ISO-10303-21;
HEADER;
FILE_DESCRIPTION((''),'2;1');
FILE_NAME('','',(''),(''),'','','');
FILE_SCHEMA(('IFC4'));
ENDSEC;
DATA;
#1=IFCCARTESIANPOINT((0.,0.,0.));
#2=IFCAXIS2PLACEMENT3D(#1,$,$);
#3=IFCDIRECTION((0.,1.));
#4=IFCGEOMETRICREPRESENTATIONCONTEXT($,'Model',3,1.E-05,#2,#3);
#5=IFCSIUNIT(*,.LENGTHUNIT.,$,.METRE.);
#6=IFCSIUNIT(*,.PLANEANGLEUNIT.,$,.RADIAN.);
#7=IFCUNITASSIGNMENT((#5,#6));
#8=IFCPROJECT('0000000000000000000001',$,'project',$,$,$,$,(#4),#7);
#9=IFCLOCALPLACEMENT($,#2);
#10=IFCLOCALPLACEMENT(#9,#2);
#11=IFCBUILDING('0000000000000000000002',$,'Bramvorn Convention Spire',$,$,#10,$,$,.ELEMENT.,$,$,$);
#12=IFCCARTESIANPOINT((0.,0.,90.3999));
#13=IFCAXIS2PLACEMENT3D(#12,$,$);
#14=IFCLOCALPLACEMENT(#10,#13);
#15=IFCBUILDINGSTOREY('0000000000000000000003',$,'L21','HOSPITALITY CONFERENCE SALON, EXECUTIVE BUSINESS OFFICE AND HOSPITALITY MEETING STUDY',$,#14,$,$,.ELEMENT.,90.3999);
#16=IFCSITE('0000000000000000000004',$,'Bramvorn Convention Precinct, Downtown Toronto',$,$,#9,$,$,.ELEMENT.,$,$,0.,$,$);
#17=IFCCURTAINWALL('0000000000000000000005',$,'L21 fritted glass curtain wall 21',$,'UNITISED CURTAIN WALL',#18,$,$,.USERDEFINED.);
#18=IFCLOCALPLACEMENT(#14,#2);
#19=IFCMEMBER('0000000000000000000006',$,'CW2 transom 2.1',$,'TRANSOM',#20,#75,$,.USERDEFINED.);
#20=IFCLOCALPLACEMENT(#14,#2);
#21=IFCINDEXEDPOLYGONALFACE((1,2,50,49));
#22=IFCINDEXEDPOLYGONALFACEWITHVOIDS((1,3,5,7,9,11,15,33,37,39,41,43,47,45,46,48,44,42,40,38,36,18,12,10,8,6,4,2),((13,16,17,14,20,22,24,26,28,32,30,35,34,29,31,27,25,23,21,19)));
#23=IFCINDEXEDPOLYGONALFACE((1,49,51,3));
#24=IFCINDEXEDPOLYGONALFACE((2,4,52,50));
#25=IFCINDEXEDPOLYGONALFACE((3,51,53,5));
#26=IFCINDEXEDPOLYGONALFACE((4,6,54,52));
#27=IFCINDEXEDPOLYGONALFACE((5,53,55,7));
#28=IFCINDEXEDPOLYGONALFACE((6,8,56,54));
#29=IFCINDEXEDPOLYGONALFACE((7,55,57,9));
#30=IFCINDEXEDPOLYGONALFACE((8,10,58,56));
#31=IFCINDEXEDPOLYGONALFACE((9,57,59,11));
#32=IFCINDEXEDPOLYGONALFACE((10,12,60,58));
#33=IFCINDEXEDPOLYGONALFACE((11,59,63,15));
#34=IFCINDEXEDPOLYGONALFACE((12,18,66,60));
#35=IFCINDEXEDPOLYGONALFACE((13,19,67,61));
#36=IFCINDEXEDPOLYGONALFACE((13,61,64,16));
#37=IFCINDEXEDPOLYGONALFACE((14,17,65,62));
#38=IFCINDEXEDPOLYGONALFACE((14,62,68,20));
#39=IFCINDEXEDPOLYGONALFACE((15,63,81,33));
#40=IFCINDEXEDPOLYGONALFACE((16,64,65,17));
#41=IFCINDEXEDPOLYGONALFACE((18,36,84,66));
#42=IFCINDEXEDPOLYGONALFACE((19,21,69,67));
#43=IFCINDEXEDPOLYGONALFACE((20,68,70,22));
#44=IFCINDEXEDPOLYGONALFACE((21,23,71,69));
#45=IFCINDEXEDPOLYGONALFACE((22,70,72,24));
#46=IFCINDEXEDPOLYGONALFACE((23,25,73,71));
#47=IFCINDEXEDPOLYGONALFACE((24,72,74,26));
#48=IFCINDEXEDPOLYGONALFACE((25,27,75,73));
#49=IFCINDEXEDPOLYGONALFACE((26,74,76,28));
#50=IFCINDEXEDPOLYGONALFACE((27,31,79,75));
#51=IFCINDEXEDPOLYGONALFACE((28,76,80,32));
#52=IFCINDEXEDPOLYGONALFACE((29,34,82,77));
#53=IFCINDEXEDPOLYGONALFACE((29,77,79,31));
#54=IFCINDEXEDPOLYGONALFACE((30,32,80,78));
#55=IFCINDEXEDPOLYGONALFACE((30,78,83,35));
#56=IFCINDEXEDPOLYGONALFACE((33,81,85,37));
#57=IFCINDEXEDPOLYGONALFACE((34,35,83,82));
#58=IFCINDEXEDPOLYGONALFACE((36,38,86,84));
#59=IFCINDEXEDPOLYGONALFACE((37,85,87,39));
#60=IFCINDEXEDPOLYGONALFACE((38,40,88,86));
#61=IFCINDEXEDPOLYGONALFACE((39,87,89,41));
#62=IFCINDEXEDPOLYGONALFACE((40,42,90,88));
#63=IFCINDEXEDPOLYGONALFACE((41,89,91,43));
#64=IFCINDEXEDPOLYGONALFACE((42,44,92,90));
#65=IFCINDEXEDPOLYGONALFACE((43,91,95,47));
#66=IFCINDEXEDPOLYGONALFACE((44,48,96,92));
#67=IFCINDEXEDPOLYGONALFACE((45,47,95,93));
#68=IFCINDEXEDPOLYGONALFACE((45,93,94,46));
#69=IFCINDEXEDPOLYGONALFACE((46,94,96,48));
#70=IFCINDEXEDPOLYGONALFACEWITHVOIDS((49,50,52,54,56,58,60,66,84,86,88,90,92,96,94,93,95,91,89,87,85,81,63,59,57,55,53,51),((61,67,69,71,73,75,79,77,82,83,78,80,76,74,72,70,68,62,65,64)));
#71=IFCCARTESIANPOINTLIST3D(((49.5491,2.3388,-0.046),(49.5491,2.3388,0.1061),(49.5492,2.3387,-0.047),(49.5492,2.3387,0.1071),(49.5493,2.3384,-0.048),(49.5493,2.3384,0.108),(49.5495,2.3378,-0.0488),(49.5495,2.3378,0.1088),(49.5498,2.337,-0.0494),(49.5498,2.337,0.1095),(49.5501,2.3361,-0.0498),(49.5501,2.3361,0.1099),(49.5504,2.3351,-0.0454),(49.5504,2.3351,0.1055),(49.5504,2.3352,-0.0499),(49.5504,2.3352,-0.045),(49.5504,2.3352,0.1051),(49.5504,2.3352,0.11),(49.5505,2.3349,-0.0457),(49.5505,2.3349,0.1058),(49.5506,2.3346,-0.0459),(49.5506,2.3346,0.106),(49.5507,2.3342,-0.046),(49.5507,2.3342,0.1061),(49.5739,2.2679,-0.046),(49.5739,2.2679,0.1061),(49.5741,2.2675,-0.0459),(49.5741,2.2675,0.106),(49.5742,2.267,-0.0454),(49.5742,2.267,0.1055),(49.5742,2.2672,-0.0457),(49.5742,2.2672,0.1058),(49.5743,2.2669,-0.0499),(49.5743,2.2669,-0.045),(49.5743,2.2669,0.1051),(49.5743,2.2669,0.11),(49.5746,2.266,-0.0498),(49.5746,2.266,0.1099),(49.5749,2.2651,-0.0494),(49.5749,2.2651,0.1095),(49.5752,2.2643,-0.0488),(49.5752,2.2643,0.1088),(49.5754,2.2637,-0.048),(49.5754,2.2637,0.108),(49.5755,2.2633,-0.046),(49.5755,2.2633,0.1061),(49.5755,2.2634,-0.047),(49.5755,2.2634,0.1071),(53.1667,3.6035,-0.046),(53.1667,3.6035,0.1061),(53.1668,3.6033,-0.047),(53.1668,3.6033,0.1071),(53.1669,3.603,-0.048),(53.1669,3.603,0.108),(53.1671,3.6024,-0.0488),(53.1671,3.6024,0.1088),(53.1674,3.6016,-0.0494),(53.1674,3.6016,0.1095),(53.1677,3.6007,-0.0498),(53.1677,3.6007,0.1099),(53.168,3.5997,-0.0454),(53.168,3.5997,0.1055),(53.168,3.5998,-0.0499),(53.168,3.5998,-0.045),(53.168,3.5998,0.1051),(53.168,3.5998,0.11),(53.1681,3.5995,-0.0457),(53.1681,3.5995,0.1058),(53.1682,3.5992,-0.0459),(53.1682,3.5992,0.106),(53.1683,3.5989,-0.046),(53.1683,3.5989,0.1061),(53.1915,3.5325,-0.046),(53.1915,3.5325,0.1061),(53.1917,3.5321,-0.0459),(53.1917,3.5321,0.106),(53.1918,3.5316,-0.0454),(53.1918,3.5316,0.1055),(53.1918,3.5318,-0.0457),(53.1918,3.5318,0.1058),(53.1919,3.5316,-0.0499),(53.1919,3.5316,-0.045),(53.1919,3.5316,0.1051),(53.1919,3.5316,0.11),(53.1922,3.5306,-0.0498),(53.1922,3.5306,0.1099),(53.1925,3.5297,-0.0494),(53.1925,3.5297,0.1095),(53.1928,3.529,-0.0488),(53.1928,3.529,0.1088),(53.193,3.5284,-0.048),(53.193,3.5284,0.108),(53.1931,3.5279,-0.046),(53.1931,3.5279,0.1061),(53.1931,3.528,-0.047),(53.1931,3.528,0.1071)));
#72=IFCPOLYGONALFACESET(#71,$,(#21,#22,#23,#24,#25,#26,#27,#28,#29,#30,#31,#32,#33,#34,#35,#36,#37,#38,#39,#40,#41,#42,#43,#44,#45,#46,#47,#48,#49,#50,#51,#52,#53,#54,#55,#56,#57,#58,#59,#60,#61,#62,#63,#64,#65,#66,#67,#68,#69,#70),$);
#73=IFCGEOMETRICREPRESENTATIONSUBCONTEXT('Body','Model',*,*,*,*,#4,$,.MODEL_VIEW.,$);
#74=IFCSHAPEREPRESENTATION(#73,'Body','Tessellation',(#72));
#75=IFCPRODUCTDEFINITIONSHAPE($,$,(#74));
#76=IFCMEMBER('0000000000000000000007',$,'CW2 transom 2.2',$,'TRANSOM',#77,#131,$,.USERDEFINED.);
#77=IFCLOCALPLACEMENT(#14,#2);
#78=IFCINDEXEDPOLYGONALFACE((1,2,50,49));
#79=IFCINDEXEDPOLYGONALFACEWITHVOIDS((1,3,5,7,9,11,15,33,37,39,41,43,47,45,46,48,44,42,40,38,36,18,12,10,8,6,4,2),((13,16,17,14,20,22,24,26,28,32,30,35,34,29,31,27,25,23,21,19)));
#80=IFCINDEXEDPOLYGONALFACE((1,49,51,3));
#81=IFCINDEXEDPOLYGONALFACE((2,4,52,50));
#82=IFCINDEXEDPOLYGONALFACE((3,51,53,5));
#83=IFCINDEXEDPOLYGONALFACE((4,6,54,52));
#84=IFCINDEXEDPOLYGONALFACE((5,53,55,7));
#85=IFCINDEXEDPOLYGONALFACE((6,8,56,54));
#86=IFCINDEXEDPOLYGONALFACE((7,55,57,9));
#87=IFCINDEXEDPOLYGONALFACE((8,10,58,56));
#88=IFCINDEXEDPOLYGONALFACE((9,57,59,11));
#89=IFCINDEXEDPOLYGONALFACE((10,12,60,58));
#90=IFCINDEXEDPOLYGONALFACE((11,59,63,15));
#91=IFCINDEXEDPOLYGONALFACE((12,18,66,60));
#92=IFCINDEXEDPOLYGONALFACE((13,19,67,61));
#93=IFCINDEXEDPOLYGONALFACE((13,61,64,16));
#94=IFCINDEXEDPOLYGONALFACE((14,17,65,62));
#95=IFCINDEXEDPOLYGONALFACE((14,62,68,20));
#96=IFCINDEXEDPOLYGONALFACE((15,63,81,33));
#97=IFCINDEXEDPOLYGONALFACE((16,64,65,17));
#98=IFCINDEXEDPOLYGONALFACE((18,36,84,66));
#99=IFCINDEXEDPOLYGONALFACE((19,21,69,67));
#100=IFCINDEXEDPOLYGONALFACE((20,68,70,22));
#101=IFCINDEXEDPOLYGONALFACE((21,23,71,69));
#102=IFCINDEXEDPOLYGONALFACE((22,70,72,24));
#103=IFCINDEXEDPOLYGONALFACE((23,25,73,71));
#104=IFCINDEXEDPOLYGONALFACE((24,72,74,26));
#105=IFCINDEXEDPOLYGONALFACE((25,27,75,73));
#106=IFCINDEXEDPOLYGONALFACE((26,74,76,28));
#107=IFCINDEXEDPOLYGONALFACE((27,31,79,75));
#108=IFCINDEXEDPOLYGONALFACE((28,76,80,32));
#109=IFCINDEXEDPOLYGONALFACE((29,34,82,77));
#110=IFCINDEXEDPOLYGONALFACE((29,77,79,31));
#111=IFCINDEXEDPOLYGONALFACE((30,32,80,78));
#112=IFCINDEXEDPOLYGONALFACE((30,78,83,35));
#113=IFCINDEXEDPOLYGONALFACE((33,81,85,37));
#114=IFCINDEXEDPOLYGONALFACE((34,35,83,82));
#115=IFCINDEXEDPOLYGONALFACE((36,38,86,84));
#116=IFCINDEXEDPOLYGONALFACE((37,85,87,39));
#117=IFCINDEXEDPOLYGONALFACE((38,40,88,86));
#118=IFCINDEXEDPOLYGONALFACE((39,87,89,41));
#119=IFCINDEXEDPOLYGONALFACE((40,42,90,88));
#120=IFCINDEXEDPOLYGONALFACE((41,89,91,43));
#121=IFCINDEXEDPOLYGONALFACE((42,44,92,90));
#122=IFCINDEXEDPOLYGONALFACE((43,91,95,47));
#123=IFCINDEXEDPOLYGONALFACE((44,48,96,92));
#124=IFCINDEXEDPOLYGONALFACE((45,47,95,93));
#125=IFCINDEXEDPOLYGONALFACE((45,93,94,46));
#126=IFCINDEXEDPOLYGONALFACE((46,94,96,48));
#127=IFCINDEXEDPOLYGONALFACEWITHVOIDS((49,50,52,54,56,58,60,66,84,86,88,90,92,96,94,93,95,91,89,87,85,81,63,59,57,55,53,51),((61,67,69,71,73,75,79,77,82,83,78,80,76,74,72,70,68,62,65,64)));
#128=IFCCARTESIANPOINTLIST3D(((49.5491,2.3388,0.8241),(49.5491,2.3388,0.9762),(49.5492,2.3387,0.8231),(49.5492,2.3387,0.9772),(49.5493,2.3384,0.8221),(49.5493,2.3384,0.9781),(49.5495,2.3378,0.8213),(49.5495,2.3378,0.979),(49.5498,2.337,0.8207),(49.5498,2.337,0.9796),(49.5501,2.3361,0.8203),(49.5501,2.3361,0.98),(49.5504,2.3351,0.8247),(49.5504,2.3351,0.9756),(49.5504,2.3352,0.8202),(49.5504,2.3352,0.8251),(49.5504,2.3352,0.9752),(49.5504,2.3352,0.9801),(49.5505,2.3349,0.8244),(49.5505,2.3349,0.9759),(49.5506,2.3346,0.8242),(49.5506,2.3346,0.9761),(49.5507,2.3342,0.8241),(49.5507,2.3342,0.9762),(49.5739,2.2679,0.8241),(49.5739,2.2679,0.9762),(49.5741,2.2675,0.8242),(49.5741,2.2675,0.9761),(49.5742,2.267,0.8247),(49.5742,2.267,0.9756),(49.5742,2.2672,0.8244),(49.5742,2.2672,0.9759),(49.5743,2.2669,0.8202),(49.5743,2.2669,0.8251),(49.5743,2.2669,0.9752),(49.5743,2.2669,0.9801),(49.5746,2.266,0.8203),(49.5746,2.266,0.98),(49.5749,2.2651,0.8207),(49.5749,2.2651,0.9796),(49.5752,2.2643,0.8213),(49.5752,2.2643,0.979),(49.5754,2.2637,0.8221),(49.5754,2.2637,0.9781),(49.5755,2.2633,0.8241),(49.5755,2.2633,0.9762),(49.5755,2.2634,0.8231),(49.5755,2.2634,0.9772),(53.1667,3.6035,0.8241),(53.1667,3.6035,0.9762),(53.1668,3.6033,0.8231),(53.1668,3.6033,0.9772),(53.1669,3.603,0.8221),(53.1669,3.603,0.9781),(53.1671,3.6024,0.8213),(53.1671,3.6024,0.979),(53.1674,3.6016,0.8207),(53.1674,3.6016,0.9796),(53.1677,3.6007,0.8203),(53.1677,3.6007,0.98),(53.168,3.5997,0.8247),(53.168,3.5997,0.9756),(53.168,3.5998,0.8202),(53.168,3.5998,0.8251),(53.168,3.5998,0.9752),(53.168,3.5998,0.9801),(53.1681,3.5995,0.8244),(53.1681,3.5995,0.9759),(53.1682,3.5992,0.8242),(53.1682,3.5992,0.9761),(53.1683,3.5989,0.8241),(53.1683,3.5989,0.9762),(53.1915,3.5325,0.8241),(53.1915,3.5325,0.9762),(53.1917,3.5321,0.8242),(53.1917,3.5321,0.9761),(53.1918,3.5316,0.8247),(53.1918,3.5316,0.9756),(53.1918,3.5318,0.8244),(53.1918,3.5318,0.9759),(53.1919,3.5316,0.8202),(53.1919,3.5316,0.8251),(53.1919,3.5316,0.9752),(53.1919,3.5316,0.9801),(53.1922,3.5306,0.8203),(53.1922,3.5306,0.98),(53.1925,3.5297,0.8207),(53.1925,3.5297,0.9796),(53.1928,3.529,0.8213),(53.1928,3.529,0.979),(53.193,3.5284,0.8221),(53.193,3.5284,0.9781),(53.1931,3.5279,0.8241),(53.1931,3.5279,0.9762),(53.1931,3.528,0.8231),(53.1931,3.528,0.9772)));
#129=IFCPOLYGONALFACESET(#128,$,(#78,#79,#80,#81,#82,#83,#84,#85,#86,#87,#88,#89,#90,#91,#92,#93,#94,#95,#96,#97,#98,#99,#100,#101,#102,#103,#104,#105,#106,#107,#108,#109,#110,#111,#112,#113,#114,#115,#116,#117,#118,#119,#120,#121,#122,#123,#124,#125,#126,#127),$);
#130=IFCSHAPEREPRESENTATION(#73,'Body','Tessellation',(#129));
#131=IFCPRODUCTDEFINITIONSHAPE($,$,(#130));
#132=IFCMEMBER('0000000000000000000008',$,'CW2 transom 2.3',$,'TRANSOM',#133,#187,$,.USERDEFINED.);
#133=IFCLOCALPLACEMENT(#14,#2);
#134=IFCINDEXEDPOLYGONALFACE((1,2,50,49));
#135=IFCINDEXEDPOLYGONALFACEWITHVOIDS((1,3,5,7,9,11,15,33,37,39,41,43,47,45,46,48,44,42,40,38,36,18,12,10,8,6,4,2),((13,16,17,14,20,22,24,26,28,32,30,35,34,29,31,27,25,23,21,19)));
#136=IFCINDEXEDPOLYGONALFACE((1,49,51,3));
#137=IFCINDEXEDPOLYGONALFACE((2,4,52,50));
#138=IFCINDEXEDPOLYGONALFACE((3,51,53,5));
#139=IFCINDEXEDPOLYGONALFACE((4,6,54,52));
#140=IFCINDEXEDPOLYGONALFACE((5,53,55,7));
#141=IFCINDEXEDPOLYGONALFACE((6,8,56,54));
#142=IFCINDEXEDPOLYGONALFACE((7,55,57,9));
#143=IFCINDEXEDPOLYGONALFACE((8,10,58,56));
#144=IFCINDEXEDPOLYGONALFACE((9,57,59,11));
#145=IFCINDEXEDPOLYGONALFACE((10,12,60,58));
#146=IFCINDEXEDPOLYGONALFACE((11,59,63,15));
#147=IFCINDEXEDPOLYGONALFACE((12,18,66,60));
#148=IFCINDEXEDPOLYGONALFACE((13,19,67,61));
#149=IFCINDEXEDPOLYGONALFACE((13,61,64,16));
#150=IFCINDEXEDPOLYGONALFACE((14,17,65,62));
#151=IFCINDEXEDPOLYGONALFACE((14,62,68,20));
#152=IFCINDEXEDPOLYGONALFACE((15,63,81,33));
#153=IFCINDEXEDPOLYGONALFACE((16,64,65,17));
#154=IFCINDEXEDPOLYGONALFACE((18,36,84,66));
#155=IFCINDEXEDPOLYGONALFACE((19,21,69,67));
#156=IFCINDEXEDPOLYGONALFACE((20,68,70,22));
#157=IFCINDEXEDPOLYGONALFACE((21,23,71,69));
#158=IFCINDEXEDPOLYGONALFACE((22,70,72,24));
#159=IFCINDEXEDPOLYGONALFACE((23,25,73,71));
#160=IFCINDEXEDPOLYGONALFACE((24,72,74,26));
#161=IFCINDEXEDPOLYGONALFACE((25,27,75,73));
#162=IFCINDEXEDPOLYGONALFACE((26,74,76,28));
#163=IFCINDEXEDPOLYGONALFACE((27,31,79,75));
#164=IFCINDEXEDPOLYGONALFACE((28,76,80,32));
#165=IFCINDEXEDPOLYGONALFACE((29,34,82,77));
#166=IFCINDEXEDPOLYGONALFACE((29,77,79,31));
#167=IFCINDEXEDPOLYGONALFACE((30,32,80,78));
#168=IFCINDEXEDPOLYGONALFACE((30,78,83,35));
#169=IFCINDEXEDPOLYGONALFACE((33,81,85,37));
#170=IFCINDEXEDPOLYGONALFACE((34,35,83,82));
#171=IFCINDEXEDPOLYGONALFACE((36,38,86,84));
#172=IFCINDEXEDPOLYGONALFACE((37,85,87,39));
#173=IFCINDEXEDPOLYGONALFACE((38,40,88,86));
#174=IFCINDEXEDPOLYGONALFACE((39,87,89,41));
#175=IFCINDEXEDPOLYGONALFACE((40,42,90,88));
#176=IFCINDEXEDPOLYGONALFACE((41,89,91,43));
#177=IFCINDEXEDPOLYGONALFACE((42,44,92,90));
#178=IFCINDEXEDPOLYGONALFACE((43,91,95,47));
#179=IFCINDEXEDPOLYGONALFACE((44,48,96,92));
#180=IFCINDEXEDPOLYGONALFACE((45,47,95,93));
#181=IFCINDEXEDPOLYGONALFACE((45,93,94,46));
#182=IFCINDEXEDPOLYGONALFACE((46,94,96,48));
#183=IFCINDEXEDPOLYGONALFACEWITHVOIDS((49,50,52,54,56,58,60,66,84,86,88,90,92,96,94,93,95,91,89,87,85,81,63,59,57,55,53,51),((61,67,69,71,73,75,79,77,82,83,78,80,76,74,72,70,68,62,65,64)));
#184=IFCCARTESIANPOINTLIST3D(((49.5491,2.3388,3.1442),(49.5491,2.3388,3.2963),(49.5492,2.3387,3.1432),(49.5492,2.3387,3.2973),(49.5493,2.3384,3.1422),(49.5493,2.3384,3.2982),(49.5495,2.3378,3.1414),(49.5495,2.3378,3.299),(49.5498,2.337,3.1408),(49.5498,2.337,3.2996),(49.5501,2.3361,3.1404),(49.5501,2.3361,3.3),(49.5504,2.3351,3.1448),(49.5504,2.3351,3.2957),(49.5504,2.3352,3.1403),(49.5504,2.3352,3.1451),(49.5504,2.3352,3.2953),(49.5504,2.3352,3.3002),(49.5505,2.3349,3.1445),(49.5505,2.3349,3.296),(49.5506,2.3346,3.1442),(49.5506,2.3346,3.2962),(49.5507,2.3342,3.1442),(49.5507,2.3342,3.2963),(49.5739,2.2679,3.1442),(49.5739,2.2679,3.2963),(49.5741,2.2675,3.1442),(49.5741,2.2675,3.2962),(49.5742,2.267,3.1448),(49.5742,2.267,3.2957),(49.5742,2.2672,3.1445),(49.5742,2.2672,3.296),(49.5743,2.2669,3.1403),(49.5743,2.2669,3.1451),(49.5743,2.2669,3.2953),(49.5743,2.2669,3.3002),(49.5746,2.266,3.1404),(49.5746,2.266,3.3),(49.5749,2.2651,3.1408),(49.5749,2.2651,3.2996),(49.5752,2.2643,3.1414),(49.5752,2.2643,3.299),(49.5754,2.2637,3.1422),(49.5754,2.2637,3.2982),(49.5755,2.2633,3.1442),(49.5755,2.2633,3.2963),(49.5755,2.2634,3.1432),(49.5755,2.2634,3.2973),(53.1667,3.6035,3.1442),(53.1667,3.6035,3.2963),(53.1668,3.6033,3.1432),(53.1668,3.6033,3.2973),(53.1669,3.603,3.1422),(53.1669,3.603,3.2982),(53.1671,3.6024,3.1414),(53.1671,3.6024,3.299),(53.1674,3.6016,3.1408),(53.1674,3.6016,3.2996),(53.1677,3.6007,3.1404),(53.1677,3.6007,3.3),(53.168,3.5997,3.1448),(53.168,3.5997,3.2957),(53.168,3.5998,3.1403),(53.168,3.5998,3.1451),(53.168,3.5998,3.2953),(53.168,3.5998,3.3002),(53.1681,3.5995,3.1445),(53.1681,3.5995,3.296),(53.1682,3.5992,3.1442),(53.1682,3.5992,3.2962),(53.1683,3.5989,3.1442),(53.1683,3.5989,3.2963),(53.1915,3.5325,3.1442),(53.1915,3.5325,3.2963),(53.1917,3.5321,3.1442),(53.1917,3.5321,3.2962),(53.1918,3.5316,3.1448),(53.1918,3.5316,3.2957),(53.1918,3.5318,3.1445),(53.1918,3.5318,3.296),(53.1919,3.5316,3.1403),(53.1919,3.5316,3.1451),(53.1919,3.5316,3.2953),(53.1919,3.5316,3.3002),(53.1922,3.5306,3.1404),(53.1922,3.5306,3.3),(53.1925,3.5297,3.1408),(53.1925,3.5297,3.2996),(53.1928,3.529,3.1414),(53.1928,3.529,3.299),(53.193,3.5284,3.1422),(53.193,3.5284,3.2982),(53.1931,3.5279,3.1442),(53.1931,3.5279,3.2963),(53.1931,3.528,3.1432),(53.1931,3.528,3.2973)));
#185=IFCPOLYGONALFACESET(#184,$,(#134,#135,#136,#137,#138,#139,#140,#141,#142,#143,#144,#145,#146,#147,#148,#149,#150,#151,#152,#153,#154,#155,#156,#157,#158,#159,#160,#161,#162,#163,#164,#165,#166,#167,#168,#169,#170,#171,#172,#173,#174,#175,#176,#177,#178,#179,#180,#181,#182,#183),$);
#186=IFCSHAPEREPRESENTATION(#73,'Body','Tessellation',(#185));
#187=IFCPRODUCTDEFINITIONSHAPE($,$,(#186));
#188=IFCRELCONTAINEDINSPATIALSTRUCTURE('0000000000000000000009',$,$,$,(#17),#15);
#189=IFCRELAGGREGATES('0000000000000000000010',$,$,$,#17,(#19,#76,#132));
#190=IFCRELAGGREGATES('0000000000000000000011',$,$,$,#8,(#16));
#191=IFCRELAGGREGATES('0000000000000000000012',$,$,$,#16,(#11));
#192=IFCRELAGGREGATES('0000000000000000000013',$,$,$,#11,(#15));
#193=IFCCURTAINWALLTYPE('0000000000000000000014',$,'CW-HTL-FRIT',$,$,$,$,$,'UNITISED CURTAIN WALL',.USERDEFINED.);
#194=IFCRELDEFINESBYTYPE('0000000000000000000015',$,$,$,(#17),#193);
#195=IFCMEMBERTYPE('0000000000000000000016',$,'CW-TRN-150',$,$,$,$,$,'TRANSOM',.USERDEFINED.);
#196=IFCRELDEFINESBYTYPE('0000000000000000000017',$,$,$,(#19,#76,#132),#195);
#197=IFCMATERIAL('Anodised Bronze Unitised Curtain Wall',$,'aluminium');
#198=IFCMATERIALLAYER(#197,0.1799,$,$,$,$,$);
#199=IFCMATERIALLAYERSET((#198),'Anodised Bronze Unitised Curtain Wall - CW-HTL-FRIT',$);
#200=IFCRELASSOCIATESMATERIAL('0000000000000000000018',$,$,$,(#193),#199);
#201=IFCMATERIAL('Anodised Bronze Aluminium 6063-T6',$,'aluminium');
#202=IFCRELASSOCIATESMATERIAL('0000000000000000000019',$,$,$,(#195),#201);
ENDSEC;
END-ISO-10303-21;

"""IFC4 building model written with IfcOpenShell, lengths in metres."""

from ifc_helpers import new_model, si_unit, direction, frame, origin, origin_2d, place, context, subcontext, project, spatial, hollow_rectangle, extrude, material, layer, layer_set, material_profile, profile_set, type_object, element, aggregate, save


model = new_model("IFC4")

# Units and contexts
model_context = context("Model", 3, precision=1e-05, world=origin(), true_north=direction((0.0, 1.0)))
body_context = subcontext(model_context, "Body", "Model", "MODEL_VIEW")
ifc_project = project(units=[si_unit("LENGTHUNIT", "METRE"), si_unit("PLANEANGLEUNIT", "RADIAN")], contexts=[model_context])

# Site, building, storey
site_placement = place(None, origin())
site = spatial("IfcSite", under=ifc_project, at=site_placement, Name="Bramvorn Convention Precinct, Downtown Toronto", CompositionType="ELEMENT", RefElevation=0.0)
building_placement = place(site_placement, origin())
building = spatial("IfcBuilding", under=site, at=building_placement, Name="Bramvorn Convention Spire", CompositionType="ELEMENT")
storey_placement = place(building_placement, frame((0.0, 0.0, 90.3999)))
storey = spatial("IfcBuildingStorey", under=building, at=storey_placement, Name="L21", Description="HOSPITALITY CONFERENCE SALON, EXECUTIVE BUSINESS OFFICE AND HOSPITALITY MEETING STUDY", CompositionType="ELEMENT", Elevation=90.3999)

# Shared definitions
ifc_material_1 = material(Name="Anodised Bronze Unitised Curtain Wall", Category="aluminium")
ifc_layer_1 = layer(ifc_material_1, 0.1799)
ifc_layer_set_1 = layer_set([ifc_layer_1], Name="Anodised Bronze Unitised Curtain Wall - CW-HTL-FRIT")
curtain_wall_type = type_object("IfcCurtainWallType", Name="CW-HTL-FRIT", ElementType="UNITISED CURTAIN WALL", PredefinedType="USERDEFINED", material=ifc_layer_set_1)
ifc_material_2 = material(Name="Anodised Bronze Aluminium 6063-T6", Category="aluminium")

# Curtain wall
curtain_wall_1_placement = place(storey_placement, origin())
curtain_wall_1 = element("IfcCurtainWall", 1, at=curtain_wall_1_placement, inside=storey, type_object=curtain_wall_type, Name="L21 fritted glass curtain wall 21", ObjectType="UNITISED CURTAIN WALL", PredefinedType="USERDEFINED")

# Members
ifc_material_profile_1 = material_profile(ifc_material_2, hollow_rectangle(XDim=0.0801, YDim=0.1599, WallThickness=0.0039, InnerFilletRadius=0.001, OuterFilletRadius=0.0039, at=origin_2d()))
ifc_profile_set_1 = profile_set([ifc_material_profile_1], Name="Anodised Bronze Aluminium 6063-T6 - CWT80X160")
member_type_1 = type_object("IfcMemberType", Name="CW-TRN-150", ElementType="TRANSOM", PredefinedType="USERDEFINED", material=ifc_profile_set_1)
member_1_placement = place(storey_placement, frame((53.1799, 3.5657, 0.03), z_axis=(-0.943983, -0.329993, 0.0), x_axis=(0.329993, -0.943983, 0.0)))
member_1 = element("IfcMember", 2, at=member_1_placement, type_object=member_type_1, Name="CW2 transom 2.1", ObjectType="TRANSOM", PredefinedType="USERDEFINED", context=body_context, shape_type="SweptSolid", body=[
    extrude(hollow_rectangle(XDim=0.0801, YDim=0.1599, WallThickness=0.0039, InnerFilletRadius=0.001, OuterFilletRadius=0.0039, at=origin_2d()), origin(), (0.0, 0.0, 1.0), 3.8323),
])
member_2_placement = place(storey_placement, frame((53.1799, 3.5657, 0.9001), z_axis=(-0.943983, -0.329993, 0.0), x_axis=(0.329993, -0.943983, 0.0)))
member_2 = element("IfcMember", 3, at=member_2_placement, type_object=member_type_1, Name="CW2 transom 2.2", ObjectType="TRANSOM", PredefinedType="USERDEFINED", context=body_context, shape_type="SweptSolid", body=[
    extrude(hollow_rectangle(XDim=0.0801, YDim=0.1599, WallThickness=0.0039, InnerFilletRadius=0.001, OuterFilletRadius=0.0039, at=origin_2d()), origin(), (0.0, 0.0, 1.0), 3.8323),
])
member_3_placement = place(storey_placement, frame((53.1799, 3.5657, 3.2202), z_axis=(-0.943983, -0.329993, 0.0), x_axis=(0.329993, -0.943983, 0.0)))
member_3 = element("IfcMember", 4, at=member_3_placement, type_object=member_type_1, Name="CW2 transom 2.3", ObjectType="TRANSOM", PredefinedType="USERDEFINED", context=body_context, shape_type="SweptSolid", body=[
    extrude(hollow_rectangle(XDim=0.0801, YDim=0.1599, WallThickness=0.0039, InnerFilletRadius=0.001, OuterFilletRadius=0.0039, at=origin_2d()), origin(), (0.0, 0.0, 1.0), 3.8323),
])

aggregate(curtain_wall_1, [member_1, member_2, member_3])

save(model, "model.ifc")
